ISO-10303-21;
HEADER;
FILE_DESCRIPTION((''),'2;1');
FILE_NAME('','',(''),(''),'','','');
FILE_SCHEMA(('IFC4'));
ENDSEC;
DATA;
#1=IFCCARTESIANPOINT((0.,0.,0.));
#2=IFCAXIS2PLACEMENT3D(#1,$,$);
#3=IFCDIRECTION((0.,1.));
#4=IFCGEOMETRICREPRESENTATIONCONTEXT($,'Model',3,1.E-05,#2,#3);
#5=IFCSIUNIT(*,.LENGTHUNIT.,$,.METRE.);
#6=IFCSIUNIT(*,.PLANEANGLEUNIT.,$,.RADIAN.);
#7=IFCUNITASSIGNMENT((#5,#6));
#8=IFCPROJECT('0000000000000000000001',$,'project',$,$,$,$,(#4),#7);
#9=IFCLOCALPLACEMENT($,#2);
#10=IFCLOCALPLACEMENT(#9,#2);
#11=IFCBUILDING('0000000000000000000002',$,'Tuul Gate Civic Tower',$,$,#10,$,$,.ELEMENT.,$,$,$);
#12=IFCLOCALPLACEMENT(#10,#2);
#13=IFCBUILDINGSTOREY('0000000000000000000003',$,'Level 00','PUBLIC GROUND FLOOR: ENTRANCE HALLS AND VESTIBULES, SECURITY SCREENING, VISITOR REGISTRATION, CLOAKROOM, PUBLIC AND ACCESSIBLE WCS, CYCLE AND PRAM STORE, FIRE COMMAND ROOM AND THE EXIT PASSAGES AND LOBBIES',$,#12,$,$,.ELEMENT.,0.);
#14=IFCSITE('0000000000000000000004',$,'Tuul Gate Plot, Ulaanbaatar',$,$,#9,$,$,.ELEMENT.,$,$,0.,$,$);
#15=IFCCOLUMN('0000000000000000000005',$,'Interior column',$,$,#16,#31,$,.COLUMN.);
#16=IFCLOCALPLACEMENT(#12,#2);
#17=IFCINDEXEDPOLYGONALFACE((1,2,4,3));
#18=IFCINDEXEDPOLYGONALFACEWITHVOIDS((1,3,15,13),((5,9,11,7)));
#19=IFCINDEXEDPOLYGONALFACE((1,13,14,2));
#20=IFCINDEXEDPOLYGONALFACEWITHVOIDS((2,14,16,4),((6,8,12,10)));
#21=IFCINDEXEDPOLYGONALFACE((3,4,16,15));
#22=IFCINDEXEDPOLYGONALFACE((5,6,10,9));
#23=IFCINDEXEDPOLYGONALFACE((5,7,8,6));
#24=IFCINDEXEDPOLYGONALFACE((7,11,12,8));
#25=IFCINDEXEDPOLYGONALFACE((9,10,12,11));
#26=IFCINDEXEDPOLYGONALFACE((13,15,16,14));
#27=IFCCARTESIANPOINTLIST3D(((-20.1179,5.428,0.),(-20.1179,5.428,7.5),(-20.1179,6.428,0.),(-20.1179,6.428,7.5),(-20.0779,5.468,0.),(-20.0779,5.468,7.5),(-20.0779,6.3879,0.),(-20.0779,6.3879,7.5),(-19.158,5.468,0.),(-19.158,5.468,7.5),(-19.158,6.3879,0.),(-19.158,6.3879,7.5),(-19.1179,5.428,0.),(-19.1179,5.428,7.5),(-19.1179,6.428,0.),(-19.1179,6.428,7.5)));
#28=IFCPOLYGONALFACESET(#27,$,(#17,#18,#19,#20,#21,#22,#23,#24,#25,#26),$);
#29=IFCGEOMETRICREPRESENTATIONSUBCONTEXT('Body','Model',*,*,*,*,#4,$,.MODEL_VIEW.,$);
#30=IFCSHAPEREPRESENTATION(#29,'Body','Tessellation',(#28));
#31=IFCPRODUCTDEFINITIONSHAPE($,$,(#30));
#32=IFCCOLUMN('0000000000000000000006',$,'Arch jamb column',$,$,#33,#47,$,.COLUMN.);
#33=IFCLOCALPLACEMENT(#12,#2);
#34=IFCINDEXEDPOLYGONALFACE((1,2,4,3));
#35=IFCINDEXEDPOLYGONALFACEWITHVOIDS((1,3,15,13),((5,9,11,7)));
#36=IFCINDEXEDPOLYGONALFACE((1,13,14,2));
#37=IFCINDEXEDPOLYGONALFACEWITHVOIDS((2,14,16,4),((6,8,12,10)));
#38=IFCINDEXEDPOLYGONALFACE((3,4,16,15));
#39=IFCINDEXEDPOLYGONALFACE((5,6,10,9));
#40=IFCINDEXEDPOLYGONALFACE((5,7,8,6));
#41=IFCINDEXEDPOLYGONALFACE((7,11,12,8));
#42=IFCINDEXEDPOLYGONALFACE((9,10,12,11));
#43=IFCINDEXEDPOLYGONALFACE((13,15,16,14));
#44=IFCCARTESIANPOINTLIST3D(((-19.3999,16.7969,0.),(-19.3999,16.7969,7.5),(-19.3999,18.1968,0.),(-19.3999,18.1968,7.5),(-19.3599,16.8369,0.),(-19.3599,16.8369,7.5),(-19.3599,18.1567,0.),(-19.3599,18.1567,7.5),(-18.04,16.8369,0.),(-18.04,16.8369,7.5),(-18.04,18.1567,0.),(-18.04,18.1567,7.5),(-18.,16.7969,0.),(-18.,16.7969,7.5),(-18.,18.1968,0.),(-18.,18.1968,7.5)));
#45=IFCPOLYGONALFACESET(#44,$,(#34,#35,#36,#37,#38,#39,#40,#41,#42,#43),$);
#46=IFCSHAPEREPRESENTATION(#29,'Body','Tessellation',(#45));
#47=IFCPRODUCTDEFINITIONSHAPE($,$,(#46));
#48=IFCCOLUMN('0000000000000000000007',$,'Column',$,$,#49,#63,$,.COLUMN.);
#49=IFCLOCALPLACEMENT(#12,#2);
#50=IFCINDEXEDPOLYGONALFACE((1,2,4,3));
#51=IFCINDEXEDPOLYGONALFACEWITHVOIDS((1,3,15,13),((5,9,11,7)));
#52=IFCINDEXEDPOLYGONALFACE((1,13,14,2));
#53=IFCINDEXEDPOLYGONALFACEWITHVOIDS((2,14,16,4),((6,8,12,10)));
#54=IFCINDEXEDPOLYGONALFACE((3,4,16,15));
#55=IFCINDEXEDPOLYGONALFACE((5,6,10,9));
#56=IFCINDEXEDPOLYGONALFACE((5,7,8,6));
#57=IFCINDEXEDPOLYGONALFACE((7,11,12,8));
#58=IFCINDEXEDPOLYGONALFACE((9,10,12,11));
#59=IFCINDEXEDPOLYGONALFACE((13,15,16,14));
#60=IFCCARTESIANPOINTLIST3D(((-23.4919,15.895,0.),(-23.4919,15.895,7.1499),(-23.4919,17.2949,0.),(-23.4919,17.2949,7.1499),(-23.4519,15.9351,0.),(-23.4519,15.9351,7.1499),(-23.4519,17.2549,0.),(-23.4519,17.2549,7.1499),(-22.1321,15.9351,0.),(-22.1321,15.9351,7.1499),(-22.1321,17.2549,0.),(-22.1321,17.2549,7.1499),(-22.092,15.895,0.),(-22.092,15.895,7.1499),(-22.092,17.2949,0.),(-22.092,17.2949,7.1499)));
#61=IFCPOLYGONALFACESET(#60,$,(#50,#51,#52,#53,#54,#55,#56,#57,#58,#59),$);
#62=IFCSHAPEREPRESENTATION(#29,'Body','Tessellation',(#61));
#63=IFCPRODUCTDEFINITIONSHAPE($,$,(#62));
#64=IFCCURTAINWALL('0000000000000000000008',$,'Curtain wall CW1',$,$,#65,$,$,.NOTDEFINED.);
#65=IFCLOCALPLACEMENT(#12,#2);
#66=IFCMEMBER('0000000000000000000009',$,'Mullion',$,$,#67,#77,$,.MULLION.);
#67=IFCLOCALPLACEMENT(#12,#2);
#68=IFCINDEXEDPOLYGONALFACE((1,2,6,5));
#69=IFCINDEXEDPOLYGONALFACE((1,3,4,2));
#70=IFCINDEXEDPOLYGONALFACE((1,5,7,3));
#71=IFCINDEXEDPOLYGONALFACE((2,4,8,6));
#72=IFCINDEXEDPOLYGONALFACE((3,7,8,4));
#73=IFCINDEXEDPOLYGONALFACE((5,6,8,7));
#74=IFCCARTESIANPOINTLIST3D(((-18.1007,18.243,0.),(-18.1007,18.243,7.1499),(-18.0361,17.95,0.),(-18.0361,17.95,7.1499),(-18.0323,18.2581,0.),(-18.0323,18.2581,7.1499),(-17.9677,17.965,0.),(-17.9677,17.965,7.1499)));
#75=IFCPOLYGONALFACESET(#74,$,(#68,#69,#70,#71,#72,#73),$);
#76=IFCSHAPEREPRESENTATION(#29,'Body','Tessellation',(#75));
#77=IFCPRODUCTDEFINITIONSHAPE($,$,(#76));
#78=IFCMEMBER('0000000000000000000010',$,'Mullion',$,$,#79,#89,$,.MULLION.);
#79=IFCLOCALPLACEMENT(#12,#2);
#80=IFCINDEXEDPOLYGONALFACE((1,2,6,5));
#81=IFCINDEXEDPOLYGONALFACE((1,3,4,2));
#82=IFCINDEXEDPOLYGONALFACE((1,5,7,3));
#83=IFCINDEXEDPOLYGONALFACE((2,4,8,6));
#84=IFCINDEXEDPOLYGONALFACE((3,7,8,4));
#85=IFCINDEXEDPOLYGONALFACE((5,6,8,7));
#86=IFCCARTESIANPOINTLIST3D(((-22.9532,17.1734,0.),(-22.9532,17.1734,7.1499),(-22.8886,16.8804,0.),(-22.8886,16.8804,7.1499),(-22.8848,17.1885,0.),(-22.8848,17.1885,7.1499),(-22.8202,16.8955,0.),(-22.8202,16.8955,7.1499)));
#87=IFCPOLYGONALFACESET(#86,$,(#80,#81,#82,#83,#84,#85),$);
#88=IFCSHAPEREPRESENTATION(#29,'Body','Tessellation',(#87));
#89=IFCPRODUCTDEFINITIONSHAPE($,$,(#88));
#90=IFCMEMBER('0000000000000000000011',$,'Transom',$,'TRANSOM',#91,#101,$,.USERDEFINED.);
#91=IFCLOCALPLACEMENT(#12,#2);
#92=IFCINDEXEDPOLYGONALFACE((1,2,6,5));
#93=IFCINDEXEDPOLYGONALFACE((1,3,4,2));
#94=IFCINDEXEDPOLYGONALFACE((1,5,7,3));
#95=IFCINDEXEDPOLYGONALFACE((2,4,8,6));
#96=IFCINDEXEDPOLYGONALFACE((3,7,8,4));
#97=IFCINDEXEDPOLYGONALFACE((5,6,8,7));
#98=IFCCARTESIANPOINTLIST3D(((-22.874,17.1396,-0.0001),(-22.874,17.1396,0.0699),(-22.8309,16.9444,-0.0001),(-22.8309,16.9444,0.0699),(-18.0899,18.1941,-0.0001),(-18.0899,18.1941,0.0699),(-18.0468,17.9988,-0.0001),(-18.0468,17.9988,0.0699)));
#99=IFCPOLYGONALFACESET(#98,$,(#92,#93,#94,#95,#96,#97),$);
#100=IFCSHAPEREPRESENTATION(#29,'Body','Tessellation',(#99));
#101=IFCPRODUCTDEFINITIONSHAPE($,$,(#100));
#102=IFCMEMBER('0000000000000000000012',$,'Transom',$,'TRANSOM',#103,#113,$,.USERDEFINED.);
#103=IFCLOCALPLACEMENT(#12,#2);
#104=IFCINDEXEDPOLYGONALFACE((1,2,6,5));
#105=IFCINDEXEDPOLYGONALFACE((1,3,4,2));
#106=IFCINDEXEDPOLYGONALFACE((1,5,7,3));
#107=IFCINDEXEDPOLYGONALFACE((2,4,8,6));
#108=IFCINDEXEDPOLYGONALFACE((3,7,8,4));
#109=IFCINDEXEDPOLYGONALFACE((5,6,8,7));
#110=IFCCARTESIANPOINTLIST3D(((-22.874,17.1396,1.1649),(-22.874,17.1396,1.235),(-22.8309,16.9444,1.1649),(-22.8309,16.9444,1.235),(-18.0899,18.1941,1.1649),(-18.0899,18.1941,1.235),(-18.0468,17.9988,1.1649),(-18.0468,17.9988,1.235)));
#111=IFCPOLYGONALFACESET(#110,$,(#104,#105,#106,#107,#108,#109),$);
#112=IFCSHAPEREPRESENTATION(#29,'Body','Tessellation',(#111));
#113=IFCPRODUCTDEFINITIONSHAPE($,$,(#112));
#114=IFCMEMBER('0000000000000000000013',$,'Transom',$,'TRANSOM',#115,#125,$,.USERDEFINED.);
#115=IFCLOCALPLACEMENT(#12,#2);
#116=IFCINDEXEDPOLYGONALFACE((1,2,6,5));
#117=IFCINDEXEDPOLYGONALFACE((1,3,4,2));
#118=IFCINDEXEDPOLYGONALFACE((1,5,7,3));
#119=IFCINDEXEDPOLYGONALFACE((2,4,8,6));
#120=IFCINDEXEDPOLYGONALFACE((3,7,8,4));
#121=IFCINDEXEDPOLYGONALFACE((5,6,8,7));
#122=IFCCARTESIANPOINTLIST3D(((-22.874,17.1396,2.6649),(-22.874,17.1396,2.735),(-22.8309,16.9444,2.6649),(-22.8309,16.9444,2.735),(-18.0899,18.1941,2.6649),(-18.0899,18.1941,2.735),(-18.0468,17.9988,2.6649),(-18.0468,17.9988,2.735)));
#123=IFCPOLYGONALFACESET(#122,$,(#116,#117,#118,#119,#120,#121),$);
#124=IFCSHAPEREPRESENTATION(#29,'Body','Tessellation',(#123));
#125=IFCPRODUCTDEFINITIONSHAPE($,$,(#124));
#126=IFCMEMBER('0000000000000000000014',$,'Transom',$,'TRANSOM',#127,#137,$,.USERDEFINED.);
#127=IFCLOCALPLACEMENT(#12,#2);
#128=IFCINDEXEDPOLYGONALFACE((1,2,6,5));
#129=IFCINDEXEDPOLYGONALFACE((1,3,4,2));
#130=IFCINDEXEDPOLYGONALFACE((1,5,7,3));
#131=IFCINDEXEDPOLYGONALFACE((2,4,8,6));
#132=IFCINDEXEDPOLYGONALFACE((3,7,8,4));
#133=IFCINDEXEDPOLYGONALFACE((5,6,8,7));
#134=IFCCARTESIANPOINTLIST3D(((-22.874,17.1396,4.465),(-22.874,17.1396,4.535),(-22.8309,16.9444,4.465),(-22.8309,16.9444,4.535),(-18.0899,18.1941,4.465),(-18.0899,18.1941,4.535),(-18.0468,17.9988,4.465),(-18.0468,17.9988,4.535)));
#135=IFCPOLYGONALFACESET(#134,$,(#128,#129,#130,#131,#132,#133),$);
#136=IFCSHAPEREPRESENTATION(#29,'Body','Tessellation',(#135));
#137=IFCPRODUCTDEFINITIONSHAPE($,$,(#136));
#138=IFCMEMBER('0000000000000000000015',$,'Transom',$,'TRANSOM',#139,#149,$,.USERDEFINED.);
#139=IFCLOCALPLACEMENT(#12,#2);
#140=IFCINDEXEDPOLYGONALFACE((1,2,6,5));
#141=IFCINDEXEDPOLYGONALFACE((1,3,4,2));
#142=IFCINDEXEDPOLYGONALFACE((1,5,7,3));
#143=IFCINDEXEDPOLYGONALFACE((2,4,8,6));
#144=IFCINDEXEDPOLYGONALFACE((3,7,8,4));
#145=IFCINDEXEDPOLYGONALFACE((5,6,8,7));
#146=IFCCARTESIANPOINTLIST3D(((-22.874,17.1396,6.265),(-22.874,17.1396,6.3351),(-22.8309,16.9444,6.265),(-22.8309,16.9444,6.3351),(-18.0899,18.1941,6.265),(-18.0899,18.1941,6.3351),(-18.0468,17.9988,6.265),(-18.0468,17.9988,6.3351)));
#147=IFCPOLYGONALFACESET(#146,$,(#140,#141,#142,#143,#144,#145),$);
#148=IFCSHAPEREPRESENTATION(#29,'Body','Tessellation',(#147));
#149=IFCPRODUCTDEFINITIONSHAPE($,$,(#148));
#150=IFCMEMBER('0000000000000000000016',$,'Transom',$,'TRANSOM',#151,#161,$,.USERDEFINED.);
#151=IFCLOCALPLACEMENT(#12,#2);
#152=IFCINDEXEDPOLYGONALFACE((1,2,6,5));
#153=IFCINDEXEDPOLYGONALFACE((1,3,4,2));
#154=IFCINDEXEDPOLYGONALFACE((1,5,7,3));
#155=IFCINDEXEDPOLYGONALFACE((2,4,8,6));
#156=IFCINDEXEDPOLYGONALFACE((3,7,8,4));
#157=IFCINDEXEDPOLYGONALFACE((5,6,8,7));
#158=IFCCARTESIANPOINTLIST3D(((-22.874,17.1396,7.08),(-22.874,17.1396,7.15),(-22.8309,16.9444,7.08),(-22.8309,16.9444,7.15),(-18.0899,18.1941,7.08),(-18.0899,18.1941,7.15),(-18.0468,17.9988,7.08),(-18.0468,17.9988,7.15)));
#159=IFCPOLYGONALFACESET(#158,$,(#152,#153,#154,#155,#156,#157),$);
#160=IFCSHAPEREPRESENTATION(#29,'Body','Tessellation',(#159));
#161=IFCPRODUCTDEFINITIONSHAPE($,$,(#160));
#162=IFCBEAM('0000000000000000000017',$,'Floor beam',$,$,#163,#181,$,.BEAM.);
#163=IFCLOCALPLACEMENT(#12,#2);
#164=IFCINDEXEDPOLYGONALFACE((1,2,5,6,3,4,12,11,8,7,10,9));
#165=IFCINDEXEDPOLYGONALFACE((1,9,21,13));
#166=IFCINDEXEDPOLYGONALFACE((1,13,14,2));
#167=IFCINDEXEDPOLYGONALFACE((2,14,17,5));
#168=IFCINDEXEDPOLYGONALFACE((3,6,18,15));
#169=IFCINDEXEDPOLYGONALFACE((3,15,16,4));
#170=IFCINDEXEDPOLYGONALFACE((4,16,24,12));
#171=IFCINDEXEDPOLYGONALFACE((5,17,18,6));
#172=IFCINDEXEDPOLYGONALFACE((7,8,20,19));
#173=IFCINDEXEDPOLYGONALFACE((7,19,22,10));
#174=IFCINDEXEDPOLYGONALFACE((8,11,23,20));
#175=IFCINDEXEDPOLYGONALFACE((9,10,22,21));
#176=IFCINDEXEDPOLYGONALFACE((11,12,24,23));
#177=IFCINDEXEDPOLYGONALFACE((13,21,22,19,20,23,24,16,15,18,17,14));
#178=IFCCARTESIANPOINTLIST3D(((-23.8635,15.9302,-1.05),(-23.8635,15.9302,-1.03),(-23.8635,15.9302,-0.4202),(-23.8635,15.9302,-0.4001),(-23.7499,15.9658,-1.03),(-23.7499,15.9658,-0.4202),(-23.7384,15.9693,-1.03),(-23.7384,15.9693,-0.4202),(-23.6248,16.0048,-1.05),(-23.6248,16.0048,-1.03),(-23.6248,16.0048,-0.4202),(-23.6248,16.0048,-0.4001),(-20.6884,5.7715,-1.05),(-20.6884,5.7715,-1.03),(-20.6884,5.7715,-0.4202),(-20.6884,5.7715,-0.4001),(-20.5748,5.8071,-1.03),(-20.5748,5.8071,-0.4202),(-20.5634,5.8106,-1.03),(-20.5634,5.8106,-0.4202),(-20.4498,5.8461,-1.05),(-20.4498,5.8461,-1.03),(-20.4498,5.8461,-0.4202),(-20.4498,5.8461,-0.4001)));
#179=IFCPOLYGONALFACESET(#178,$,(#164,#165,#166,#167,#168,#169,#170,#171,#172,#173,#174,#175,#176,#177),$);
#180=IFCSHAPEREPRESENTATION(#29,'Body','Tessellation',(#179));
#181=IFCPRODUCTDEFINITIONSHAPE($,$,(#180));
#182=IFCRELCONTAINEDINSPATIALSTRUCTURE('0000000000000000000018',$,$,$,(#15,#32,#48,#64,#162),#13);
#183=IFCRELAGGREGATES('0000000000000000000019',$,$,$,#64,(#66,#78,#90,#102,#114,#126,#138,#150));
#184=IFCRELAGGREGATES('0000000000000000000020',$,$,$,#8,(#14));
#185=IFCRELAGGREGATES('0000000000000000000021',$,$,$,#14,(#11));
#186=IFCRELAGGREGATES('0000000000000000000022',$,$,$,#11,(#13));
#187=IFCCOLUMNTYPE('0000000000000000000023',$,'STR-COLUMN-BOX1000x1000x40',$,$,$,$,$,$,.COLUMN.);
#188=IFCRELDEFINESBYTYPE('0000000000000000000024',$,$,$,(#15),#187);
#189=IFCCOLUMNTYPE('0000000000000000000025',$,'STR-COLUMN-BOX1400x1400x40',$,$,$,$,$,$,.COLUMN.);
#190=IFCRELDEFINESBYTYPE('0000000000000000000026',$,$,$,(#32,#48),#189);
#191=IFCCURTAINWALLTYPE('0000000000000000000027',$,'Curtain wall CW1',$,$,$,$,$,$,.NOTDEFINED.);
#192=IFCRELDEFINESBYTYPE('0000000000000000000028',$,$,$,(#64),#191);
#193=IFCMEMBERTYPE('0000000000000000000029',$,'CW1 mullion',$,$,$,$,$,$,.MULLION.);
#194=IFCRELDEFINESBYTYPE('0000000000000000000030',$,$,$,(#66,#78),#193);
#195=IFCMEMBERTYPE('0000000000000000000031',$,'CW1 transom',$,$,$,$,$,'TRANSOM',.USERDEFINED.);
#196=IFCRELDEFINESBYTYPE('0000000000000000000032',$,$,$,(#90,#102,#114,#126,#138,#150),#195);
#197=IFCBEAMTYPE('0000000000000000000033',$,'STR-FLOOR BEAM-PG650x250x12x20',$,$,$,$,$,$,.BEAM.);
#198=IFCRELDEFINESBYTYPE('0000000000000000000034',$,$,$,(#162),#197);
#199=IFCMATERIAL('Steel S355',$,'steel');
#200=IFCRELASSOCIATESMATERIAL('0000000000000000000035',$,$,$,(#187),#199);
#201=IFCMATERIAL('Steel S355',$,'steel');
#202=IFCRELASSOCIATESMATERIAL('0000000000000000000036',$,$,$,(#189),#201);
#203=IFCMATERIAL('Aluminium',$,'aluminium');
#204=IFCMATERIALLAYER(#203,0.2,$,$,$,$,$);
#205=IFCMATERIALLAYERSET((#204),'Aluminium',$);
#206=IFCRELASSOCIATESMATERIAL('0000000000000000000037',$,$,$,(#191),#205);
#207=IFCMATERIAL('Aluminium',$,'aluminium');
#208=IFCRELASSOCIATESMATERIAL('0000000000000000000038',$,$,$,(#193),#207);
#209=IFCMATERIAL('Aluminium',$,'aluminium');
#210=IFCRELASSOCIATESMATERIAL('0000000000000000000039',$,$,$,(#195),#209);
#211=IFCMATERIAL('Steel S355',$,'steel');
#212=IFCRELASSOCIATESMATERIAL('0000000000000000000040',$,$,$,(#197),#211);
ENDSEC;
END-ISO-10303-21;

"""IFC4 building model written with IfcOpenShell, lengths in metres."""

from ifc_helpers import new_model, si_unit, direction, frame, origin, origin_2d, place, context, subcontext, project, spatial, rectangle, hollow_rectangle, i_section, extrude, material, layer, layer_set, material_profile, profile_set, type_object, element, aggregate, save


model = new_model("IFC4")

# Units and contexts
model_context = context("Model", 3, precision=1e-05, world=origin(), true_north=direction((0.0, 1.0)))
body_context = subcontext(model_context, "Body", "Model", "MODEL_VIEW")
ifc_project = project(units=[si_unit("LENGTHUNIT", "METRE"), si_unit("PLANEANGLEUNIT", "RADIAN")], contexts=[model_context])

# Site, building, storey
site_placement = place(None, origin())
site = spatial("IfcSite", under=ifc_project, at=site_placement, Name="Tuul Gate Plot, Ulaanbaatar", CompositionType="ELEMENT", RefElevation=0.0)
building_placement = place(site_placement, origin())
building = spatial("IfcBuilding", under=site, at=building_placement, Name="Tuul Gate Civic Tower", CompositionType="ELEMENT")
storey_placement = place(building_placement, origin())
storey = spatial("IfcBuildingStorey", under=building, at=storey_placement, Name="Level 00", Description="PUBLIC GROUND FLOOR: ENTRANCE HALLS AND VESTIBULES, SECURITY SCREENING, VISITOR REGISTRATION, CLOAKROOM, PUBLIC AND ACCESSIBLE WCS, CYCLE AND PRAM STORE, FIRE COMMAND ROOM AND THE EXIT PASSAGES AND LOBBIES", CompositionType="ELEMENT", Elevation=0.0)

# Columns
ifc_material_1 = material(Name="Steel S355", Category="steel")
ifc_material_profile_1 = material_profile(ifc_material_1, hollow_rectangle(XDim=1.0, YDim=1.0, WallThickness=0.04, at=origin_2d()), Name="BOX1000x1000x40")
ifc_profile_set_1 = profile_set([ifc_material_profile_1], Name="Steel S355")
column_type_1 = type_object("IfcColumnType", Name="STR-COLUMN-BOX1000x1000x40", PredefinedType="COLUMN", material=ifc_profile_set_1)
column_1_placement = place(storey_placement, frame((-19.6179, 5.928, 0.0), z_axis=(0.0, 0.0, 1.0), x_axis=(1.0, 0.0, 0.0)))
element("IfcColumn", 1, at=column_1_placement, inside=storey, type_object=column_type_1, Name="Interior column", PredefinedType="COLUMN", context=body_context, shape_type="SweptSolid", body=[
    extrude(hollow_rectangle(XDim=1.0, YDim=1.0, WallThickness=0.04, at=origin_2d()), origin(), (0.0, 0.0, 1.0), 7.5),
])
ifc_material_2 = material(Name="Steel S355", Category="steel")
ifc_material_profile_2 = material_profile(ifc_material_2, hollow_rectangle(XDim=1.3999, YDim=1.3999, WallThickness=0.04, at=origin_2d()), Name="BOX1400x1400x40")
ifc_profile_set_2 = profile_set([ifc_material_profile_2], Name="Steel S355")
column_type_2 = type_object("IfcColumnType", Name="STR-COLUMN-BOX1400x1400x40", PredefinedType="COLUMN", material=ifc_profile_set_2)
column_2_placement = place(storey_placement, frame((-18.7, 17.4968, 0.0), z_axis=(0.0, 0.0, 1.0), x_axis=(1.0, 0.0, 0.0)))
element("IfcColumn", 2, at=column_2_placement, inside=storey, type_object=column_type_2, Name="Arch jamb column", PredefinedType="COLUMN", context=body_context, shape_type="SweptSolid", body=[
    extrude(hollow_rectangle(XDim=1.3999, YDim=1.3999, WallThickness=0.04, at=origin_2d()), origin(), (0.0, 0.0, 1.0), 7.5),
])
column_3_placement = place(storey_placement, frame((-22.792, 16.595, 0.0), z_axis=(0.0, 0.0, 1.0), x_axis=(1.0, 0.0, 0.0)))
element("IfcColumn", 3, at=column_3_placement, inside=storey, type_object=column_type_2, Name="Column", PredefinedType="COLUMN", context=body_context, shape_type="SweptSolid", body=[
    extrude(hollow_rectangle(XDim=1.3999, YDim=1.3999, WallThickness=0.04, at=origin_2d()), origin(), (0.0, 0.0, 1.0), 7.1499),
])

# Curtain wall, members
ifc_material_3 = material(Name="Aluminium", Category="aluminium")
ifc_layer_1 = layer(ifc_material_3, 0.2)
ifc_layer_set_1 = layer_set([ifc_layer_1], Name="Aluminium")
curtain_wall_type = type_object("IfcCurtainWallType", Name="Curtain wall CW1", PredefinedType="NOTDEFINED", material=ifc_layer_set_1)
curtain_wall_placement = place(storey_placement, origin())
curtain_wall = element("IfcCurtainWall", 4, at=curtain_wall_placement, inside=storey, type_object=curtain_wall_type, Name="Curtain wall CW1", PredefinedType="NOTDEFINED")
ifc_material_4 = material(Name="Aluminium", Category="aluminium")
ifc_material_profile_3 = material_profile(ifc_material_4, rectangle(XDim=0.3, YDim=0.0701, at=origin_2d()), Name="CW1 mullion")
ifc_profile_set_3 = profile_set([ifc_material_profile_3], Name="Aluminium")
member_type_1 = type_object("IfcMemberType", Name="CW1 mullion", PredefinedType="MULLION", material=ifc_profile_set_3)
member_1_placement = place(storey_placement, frame((-18.0342, 18.104, 0.0), z_axis=(0.0, 0.0, 1.0), x_axis=(0.215207, -0.976569, 0.0)))
member_1 = element("IfcMember", 5, at=member_1_placement, type_object=member_type_1, Name="Mullion", PredefinedType="MULLION", context=body_context, shape_type="SweptSolid", body=[
    extrude(rectangle(XDim=0.3, YDim=0.0701, at=origin_2d()), origin(), (0.0, 0.0, 1.0), 7.1499),
])
member_2_placement = place(storey_placement, frame((-22.8867, 17.0344, 0.0), z_axis=(0.0, 0.0, 1.0), x_axis=(0.215207, -0.976569, 0.0)))
member_2 = element("IfcMember", 6, at=member_2_placement, type_object=member_type_1, Name="Mullion", PredefinedType="MULLION", context=body_context, shape_type="SweptSolid", body=[
    extrude(rectangle(XDim=0.3, YDim=0.0701, at=origin_2d()), origin(), (0.0, 0.0, 1.0), 7.1499),
])
ifc_material_5 = material(Name="Aluminium", Category="aluminium")
ifc_material_profile_4 = material_profile(ifc_material_5, rectangle(XDim=0.2, YDim=0.0701, at=origin_2d()), Name="CW1 transom")
ifc_profile_set_4 = profile_set([ifc_material_profile_4], Name="Aluminium")
member_type_2 = type_object("IfcMemberType", Name="CW1 transom", ElementType="TRANSOM", PredefinedType="USERDEFINED", material=ifc_profile_set_4)
member_3_placement = place(storey_placement, frame((-18.0684, 18.0964, 0.0349), z_axis=(-0.976562, -0.215236, 0.0), x_axis=(0.215236, -0.976562, 0.0)))
member_3 = element("IfcMember", 7, at=member_3_placement, type_object=member_type_2, Name="Transom", ObjectType="TRANSOM", PredefinedType="USERDEFINED", context=body_context, shape_type="SweptSolid", body=[
    extrude(rectangle(XDim=0.2, YDim=0.0701, at=origin_2d()), origin(), (0.0, 0.0, 1.0), 4.8989),
])
member_4_placement = place(storey_placement, frame((-18.0684, 18.0964, 1.2), z_axis=(-0.976562, -0.215236, 0.0), x_axis=(0.215236, -0.976562, 0.0)))
member_4 = element("IfcMember", 8, at=member_4_placement, type_object=member_type_2, Name="Transom", ObjectType="TRANSOM", PredefinedType="USERDEFINED", context=body_context, shape_type="SweptSolid", body=[
    extrude(rectangle(XDim=0.2, YDim=0.0701, at=origin_2d()), origin(), (0.0, 0.0, 1.0), 4.8989),
])
member_5_placement = place(storey_placement, frame((-18.0684, 18.0964, 2.7), z_axis=(-0.976562, -0.215236, 0.0), x_axis=(0.215236, -0.976562, 0.0)))
member_5 = element("IfcMember", 9, at=member_5_placement, type_object=member_type_2, Name="Transom", ObjectType="TRANSOM", PredefinedType="USERDEFINED", context=body_context, shape_type="SweptSolid", body=[
    extrude(rectangle(XDim=0.2, YDim=0.0701, at=origin_2d()), origin(), (0.0, 0.0, 1.0), 4.8989),
])
member_6_placement = place(storey_placement, frame((-18.0684, 18.0964, 4.5), z_axis=(-0.976562, -0.215236, 0.0), x_axis=(0.215236, -0.976562, 0.0)))
member_6 = element("IfcMember", 10, at=member_6_placement, type_object=member_type_2, Name="Transom", ObjectType="TRANSOM", PredefinedType="USERDEFINED", context=body_context, shape_type="SweptSolid", body=[
    extrude(rectangle(XDim=0.2, YDim=0.0701, at=origin_2d()), origin(), (0.0, 0.0, 1.0), 4.8989),
])
member_7_placement = place(storey_placement, frame((-18.0684, 18.0964, 6.3), z_axis=(-0.976562, -0.215236, 0.0), x_axis=(0.215236, -0.976562, 0.0)))
member_7 = element("IfcMember", 11, at=member_7_placement, type_object=member_type_2, Name="Transom", ObjectType="TRANSOM", PredefinedType="USERDEFINED", context=body_context, shape_type="SweptSolid", body=[
    extrude(rectangle(XDim=0.2, YDim=0.0701, at=origin_2d()), origin(), (0.0, 0.0, 1.0), 4.8989),
])
member_8_placement = place(storey_placement, frame((-18.0684, 18.0964, 7.115), z_axis=(-0.976562, -0.215236, 0.0), x_axis=(0.215236, -0.976562, 0.0)))
member_8 = element("IfcMember", 12, at=member_8_placement, type_object=member_type_2, Name="Transom", ObjectType="TRANSOM", PredefinedType="USERDEFINED", context=body_context, shape_type="SweptSolid", body=[
    extrude(rectangle(XDim=0.2, YDim=0.0701, at=origin_2d()), origin(), (0.0, 0.0, 1.0), 4.8989),
])

# Beam
ifc_material_6 = material(Name="Steel S355", Category="steel")
ifc_material_profile_5 = material_profile(ifc_material_6, i_section(OverallWidth=0.25, OverallDepth=0.6499, WebThickness=0.012, FlangeThickness=0.02, at=origin_2d()), Name="PG650x250x12x20")
ifc_profile_set_5 = profile_set([ifc_material_profile_5], Name="Steel S355")
beam_type_1 = type_object("IfcBeamType", Name="STR-FLOOR BEAM-PG650x250x12x20", PredefinedType="BEAM", material=ifc_profile_set_5)
beam_1_placement = place(storey_placement, frame((-20.5691, 5.8088, -0.7251), z_axis=(-0.298314, 0.954468, 0.0), x_axis=(-0.954468, -0.298314, 0.0)))
element("IfcBeam", 13, at=beam_1_placement, inside=storey, type_object=beam_type_1, Name="Floor beam", PredefinedType="BEAM", context=body_context, shape_type="SweptSolid", body=[
    extrude(i_section(OverallWidth=0.25, OverallDepth=0.6499, WebThickness=0.012, FlangeThickness=0.02, at=origin_2d()), origin(), (0.0, 0.0, 1.0), 10.6433),
])

aggregate(curtain_wall, [member_1, member_2, member_3, member_4, member_5, member_6, member_7, member_8])

save(model, "model.ifc")
